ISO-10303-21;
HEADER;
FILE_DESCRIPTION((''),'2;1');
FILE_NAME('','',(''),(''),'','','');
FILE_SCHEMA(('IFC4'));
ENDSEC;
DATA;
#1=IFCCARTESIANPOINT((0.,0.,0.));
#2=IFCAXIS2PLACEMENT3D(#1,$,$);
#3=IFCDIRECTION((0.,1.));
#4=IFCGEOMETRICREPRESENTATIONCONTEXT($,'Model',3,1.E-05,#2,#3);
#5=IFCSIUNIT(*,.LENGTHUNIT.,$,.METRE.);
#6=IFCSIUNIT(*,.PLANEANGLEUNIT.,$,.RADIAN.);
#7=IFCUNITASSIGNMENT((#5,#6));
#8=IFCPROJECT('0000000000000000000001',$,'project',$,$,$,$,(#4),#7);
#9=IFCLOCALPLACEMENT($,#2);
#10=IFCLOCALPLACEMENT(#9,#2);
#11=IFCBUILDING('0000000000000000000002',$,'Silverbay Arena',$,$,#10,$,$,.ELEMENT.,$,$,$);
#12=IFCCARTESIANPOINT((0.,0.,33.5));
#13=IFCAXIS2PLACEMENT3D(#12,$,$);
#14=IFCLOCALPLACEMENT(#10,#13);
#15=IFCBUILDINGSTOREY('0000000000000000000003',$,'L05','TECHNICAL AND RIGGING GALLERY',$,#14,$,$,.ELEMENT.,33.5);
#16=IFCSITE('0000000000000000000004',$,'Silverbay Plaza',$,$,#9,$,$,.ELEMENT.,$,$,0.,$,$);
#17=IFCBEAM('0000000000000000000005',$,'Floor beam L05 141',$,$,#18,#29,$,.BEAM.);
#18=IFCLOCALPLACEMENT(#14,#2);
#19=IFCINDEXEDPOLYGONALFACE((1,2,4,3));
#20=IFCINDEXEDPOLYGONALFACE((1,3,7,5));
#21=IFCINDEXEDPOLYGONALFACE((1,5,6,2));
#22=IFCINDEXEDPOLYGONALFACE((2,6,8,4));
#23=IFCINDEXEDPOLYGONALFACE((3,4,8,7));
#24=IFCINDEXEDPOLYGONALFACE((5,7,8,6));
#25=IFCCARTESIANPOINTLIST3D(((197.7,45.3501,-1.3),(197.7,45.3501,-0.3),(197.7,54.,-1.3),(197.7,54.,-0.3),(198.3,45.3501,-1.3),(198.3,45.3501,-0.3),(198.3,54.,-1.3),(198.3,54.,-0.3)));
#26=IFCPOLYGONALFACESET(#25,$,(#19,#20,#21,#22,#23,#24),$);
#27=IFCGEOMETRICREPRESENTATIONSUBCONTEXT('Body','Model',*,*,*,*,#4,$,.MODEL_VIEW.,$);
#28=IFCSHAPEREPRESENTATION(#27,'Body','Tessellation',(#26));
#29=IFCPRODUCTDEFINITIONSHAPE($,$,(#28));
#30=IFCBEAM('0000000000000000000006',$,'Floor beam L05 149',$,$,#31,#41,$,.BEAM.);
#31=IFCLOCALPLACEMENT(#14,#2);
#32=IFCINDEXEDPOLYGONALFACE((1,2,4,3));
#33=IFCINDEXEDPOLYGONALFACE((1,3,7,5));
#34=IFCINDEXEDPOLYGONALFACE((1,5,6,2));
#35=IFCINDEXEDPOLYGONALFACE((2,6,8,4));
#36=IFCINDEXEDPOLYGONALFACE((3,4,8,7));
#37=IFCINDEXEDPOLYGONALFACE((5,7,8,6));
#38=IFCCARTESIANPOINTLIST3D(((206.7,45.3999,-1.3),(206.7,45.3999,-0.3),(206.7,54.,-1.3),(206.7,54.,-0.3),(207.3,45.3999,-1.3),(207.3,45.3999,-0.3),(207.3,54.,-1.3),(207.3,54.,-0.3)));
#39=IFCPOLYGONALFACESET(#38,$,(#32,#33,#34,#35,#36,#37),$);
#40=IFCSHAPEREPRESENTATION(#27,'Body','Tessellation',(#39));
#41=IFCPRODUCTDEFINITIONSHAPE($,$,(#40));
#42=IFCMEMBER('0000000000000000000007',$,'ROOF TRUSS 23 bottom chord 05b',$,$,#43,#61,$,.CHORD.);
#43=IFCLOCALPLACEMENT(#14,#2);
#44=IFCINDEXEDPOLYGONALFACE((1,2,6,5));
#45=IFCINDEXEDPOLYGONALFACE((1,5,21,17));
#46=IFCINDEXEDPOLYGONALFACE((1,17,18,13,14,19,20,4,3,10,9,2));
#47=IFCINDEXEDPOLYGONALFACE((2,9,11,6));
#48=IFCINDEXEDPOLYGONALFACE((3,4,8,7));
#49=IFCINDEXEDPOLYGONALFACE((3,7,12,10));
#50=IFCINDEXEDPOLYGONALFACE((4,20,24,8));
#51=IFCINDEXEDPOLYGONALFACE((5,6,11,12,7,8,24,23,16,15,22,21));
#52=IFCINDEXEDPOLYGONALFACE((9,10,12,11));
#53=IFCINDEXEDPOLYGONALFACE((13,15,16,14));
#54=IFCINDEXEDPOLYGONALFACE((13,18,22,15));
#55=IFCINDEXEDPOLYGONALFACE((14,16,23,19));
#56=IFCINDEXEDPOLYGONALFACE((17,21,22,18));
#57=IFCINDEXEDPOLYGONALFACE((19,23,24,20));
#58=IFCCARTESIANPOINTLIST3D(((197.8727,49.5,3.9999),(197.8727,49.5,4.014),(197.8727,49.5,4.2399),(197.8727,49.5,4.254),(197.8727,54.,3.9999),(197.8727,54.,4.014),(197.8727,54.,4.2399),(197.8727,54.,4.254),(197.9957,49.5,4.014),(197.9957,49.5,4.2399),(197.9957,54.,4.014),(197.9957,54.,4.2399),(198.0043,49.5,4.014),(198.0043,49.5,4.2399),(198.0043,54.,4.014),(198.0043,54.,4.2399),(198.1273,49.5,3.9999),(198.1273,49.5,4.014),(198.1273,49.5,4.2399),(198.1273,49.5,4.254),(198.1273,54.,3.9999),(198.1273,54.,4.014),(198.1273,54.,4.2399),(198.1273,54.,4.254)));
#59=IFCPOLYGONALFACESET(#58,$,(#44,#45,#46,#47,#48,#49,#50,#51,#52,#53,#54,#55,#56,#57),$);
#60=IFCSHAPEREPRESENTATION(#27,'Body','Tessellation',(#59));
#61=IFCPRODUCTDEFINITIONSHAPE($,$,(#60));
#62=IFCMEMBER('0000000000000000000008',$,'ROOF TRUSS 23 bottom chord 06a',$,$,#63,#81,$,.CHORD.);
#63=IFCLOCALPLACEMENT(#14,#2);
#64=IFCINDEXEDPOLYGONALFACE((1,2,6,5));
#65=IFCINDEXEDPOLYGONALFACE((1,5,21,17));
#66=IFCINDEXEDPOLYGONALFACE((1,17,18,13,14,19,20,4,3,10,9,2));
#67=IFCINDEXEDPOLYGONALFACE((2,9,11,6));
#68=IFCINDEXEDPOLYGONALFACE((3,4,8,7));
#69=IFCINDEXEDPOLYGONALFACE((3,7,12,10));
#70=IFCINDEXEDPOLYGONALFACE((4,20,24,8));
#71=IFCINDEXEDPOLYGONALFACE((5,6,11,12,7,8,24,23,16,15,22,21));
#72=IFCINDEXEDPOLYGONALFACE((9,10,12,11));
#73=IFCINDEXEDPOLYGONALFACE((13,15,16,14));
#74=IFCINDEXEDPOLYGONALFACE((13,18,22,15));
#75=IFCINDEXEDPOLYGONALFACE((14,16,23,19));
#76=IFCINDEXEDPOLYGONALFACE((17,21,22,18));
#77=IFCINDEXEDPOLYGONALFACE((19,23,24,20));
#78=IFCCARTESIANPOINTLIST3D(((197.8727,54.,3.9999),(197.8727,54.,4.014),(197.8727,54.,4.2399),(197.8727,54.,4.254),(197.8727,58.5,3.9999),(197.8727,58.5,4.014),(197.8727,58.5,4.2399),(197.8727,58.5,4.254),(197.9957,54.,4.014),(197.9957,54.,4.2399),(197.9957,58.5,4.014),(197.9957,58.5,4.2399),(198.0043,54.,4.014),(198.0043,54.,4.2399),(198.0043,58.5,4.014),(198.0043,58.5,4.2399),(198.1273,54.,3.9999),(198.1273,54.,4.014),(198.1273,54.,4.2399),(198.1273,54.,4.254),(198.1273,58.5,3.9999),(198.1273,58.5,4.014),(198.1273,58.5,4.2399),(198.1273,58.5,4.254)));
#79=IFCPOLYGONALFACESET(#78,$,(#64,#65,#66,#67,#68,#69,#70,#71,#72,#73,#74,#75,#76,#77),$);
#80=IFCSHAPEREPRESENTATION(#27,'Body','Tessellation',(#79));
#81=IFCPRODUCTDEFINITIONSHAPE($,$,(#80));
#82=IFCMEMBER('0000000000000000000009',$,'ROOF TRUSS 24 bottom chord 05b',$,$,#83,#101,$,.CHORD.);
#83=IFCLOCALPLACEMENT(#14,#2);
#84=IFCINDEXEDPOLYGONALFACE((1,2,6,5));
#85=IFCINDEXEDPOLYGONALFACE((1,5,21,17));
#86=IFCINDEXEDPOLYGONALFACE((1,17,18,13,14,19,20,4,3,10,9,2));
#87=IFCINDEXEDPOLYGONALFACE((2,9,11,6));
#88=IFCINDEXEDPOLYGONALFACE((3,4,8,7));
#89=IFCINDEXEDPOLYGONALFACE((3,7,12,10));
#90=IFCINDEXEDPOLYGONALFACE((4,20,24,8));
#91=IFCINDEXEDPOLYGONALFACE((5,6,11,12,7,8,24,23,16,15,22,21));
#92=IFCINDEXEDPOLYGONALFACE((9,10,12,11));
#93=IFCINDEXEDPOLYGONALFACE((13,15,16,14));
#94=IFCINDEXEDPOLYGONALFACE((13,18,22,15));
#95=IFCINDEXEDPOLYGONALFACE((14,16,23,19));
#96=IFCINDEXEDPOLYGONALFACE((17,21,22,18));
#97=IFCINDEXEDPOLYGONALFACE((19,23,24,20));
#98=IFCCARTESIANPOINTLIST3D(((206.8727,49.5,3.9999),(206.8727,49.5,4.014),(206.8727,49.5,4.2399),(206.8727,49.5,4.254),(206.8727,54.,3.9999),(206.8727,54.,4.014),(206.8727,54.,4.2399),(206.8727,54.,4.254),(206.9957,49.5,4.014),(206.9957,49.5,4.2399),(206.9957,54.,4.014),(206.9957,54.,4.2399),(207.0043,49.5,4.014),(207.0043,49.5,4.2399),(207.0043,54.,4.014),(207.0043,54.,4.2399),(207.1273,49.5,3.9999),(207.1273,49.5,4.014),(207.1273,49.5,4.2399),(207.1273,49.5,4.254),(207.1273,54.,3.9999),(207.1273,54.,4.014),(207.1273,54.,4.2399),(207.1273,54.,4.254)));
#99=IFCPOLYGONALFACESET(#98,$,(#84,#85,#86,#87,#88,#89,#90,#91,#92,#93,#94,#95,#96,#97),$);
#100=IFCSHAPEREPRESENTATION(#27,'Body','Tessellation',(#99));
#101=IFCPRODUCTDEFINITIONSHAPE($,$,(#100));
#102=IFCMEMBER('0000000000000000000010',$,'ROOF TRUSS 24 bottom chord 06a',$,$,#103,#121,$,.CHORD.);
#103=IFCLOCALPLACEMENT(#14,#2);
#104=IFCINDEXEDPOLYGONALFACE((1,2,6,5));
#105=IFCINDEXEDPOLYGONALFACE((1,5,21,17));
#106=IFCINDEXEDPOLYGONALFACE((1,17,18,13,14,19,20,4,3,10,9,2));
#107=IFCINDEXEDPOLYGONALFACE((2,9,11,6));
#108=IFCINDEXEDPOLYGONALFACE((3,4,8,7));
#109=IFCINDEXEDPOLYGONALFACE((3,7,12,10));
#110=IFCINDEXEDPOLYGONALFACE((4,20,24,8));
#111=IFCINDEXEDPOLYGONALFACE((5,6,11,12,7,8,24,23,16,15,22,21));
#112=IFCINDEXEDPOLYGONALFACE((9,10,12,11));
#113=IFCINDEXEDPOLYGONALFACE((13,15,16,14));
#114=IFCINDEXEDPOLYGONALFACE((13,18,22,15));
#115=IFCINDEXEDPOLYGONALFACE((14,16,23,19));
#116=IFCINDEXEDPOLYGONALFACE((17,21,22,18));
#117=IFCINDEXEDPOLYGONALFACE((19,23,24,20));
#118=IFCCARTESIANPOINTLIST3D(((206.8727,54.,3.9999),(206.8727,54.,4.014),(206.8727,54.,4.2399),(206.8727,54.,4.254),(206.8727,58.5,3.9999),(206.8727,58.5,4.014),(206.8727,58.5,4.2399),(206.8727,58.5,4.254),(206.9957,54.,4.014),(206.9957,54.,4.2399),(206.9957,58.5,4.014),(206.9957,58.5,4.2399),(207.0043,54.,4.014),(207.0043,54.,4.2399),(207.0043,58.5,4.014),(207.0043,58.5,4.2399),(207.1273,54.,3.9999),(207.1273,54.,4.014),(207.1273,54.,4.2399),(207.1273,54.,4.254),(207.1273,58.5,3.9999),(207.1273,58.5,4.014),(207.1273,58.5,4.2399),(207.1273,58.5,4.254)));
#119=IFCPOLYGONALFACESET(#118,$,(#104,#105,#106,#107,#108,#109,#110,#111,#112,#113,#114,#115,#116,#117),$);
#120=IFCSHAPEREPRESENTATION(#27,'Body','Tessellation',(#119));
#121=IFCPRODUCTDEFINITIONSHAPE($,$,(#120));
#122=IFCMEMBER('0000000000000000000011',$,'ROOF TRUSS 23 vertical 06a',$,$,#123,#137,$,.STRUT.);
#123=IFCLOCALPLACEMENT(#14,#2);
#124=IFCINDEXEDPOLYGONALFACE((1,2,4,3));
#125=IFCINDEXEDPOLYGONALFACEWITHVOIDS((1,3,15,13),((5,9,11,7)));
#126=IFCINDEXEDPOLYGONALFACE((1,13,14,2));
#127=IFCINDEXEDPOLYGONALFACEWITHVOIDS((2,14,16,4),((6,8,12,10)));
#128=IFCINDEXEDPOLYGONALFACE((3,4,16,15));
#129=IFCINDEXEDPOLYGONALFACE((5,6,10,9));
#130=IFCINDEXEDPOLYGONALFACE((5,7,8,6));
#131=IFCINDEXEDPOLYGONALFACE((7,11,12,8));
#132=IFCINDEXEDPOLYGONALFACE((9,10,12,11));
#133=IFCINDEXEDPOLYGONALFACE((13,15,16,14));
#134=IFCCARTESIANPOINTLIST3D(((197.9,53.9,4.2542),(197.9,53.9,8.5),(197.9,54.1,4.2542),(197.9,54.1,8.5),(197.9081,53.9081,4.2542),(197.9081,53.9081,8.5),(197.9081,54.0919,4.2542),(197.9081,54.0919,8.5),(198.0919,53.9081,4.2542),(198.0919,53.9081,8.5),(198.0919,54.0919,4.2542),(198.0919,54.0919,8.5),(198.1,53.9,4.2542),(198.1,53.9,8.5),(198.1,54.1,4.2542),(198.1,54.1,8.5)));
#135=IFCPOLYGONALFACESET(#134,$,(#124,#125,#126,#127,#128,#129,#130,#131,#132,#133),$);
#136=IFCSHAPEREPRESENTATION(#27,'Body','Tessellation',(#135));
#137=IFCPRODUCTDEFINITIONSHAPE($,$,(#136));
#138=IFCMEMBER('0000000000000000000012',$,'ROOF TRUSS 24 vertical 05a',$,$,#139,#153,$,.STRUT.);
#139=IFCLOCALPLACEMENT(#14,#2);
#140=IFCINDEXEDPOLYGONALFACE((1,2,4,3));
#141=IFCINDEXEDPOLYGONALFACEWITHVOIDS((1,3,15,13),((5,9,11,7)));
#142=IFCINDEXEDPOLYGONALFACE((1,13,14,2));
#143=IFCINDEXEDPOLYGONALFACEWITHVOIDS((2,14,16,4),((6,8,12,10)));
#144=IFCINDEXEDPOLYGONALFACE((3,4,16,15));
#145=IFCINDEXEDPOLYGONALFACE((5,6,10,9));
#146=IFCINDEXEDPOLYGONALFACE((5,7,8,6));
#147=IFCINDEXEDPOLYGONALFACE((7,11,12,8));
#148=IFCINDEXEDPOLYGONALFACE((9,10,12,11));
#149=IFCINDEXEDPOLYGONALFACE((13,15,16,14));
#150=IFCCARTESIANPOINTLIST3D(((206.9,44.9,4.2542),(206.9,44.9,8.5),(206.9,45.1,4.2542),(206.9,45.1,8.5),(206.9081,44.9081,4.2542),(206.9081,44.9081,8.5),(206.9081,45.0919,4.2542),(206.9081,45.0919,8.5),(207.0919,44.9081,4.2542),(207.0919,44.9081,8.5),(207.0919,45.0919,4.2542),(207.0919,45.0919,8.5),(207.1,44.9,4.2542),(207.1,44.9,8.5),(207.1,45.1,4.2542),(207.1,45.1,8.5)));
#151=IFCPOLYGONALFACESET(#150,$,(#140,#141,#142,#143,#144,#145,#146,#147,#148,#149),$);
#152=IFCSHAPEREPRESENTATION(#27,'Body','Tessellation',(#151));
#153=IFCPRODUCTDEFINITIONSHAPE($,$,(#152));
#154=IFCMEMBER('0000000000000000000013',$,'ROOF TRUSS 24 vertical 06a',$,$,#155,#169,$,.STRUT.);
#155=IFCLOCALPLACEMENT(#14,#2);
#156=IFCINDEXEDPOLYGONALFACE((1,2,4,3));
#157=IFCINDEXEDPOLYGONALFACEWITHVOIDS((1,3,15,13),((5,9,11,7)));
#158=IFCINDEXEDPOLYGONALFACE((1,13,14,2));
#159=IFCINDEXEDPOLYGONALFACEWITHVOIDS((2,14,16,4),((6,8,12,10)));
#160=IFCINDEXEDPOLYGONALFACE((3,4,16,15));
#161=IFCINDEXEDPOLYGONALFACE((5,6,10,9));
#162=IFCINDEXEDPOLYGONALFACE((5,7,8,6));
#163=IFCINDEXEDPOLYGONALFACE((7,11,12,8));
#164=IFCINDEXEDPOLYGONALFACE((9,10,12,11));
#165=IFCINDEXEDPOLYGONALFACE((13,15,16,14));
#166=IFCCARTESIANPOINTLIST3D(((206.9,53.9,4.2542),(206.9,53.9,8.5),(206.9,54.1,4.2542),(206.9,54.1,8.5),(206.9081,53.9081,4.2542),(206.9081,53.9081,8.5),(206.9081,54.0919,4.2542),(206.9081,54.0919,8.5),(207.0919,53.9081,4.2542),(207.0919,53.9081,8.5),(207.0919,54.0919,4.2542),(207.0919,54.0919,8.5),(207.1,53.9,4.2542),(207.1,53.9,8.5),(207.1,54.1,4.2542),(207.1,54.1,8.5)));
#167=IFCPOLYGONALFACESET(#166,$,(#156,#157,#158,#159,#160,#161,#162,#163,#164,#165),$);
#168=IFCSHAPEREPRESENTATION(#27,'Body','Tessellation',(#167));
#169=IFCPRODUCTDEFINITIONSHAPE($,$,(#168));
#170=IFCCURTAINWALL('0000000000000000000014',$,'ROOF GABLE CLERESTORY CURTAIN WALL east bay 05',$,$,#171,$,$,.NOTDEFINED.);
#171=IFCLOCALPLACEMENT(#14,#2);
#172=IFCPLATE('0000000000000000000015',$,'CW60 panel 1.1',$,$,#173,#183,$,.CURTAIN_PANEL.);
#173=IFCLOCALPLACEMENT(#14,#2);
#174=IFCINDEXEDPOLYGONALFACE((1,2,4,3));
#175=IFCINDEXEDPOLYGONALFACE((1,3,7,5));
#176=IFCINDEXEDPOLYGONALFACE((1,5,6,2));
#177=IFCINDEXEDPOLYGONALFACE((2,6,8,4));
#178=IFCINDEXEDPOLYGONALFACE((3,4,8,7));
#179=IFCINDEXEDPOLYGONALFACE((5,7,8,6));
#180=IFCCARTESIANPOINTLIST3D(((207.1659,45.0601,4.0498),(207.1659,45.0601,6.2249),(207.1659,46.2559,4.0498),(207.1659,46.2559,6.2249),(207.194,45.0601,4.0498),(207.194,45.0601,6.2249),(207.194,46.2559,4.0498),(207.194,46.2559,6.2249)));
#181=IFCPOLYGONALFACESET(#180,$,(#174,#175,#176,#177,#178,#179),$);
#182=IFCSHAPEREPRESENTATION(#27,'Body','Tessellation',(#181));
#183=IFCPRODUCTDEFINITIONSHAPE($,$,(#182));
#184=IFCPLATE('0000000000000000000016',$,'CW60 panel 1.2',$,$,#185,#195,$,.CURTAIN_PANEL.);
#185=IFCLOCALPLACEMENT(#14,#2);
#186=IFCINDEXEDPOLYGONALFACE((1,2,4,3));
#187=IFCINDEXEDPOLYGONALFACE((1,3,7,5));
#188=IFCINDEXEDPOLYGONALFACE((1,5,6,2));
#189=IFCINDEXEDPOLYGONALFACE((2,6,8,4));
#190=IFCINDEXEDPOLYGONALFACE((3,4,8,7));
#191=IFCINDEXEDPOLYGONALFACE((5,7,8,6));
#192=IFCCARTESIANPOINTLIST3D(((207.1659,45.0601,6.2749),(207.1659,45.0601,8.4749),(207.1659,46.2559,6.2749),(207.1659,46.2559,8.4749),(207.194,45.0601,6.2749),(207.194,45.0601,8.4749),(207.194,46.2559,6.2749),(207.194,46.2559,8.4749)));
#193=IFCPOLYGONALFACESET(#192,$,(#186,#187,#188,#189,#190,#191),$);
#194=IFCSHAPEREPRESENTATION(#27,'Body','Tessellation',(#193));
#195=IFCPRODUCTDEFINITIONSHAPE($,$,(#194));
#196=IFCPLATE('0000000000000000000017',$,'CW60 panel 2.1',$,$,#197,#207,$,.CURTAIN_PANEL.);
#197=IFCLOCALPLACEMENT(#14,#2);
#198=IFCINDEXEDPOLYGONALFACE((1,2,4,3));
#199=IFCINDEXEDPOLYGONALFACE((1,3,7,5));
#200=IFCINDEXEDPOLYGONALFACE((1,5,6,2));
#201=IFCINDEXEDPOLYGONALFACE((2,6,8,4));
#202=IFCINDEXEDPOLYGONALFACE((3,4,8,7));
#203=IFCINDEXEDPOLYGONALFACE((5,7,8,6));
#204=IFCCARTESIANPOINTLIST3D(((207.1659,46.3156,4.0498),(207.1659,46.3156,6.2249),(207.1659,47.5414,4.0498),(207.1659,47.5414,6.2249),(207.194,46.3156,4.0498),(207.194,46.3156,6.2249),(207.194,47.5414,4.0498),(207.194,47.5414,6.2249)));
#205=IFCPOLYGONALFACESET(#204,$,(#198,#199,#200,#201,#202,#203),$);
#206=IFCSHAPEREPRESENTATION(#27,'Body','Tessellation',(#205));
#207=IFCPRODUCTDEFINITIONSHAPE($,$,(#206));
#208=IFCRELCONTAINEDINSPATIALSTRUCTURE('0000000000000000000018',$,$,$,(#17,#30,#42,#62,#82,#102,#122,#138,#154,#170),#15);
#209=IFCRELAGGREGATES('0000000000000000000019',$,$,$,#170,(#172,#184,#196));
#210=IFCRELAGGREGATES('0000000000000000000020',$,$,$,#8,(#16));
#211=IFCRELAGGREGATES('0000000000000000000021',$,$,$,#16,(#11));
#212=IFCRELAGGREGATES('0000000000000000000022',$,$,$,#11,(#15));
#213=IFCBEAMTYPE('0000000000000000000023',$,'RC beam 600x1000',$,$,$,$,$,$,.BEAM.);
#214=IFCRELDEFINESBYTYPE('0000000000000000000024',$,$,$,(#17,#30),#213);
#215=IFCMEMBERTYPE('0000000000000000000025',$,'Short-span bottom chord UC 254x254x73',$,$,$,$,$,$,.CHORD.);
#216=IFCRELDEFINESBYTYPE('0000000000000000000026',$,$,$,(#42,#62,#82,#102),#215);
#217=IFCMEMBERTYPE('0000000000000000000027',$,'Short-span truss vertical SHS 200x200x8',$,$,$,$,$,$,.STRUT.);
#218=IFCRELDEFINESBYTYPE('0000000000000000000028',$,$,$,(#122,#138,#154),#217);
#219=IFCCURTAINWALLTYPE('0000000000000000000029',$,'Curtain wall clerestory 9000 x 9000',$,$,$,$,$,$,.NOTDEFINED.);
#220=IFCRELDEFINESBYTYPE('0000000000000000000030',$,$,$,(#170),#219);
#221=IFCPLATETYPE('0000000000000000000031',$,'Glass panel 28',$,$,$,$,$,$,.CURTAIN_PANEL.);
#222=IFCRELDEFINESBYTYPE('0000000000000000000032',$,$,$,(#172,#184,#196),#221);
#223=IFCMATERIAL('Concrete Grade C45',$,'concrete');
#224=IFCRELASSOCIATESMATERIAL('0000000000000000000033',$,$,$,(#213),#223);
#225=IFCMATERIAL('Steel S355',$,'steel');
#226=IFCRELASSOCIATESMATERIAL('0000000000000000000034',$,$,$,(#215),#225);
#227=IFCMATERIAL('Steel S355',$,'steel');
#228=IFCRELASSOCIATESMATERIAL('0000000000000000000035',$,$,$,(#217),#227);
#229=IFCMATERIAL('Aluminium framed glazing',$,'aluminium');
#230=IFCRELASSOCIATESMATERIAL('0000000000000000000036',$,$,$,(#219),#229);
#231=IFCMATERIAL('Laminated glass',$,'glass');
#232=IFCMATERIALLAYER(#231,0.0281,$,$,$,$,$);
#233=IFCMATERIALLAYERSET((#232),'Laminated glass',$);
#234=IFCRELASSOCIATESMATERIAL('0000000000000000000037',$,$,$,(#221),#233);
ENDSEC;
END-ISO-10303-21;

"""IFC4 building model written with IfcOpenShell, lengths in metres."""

from ifc_helpers import new_model, si_unit, direction, frame, origin, origin_2d, place, context, subcontext, project, spatial, rectangle, hollow_rectangle, i_section, extrude, material, layer, layer_set, material_profile, profile_set, type_object, element, aggregate, save


model = new_model("IFC4")

# Units and contexts
model_context = context("Model", 3, precision=1e-05, world=origin(), true_north=direction((0.0, 1.0)))
body_context = subcontext(model_context, "Body", "Model", "MODEL_VIEW")
ifc_project = project(units=[si_unit("LENGTHUNIT", "METRE"), si_unit("PLANEANGLEUNIT", "RADIAN")], contexts=[model_context])

# Site, building, storey
site_placement = place(None, origin())
site = spatial("IfcSite", under=ifc_project, at=site_placement, Name="Silverbay Plaza", CompositionType="ELEMENT", RefElevation=0.0)
building_placement = place(site_placement, origin())
building = spatial("IfcBuilding", under=site, at=building_placement, Name="Silverbay Arena", CompositionType="ELEMENT")
storey_placement = place(building_placement, frame((0.0, 0.0, 33.5)))
storey = spatial("IfcBuildingStorey", under=building, at=storey_placement, Name="L05", Description="TECHNICAL AND RIGGING GALLERY", CompositionType="ELEMENT", Elevation=33.5)

# Beams
ifc_material_1 = material(Name="Concrete Grade C45", Category="concrete")
ifc_material_profile_1 = material_profile(ifc_material_1, rectangle(XDim=0.6001, YDim=1.0, at=origin_2d()), Name="RC 600x1000")
ifc_profile_set_1 = profile_set([ifc_material_profile_1], Name="Concrete Grade C45")
beam_type = type_object("IfcBeamType", Name="RC beam 600x1000", PredefinedType="BEAM", material=ifc_profile_set_1)
beam_1_placement = place(storey_placement, frame((198.0, 45.3501, -0.8), z_axis=(0.0, 1.0, 0.0), x_axis=(-1.0, 0.0, 0.0)))
element("IfcBeam", 1, at=beam_1_placement, inside=storey, type_object=beam_type, Name="Floor beam L05 141", PredefinedType="BEAM", context=body_context, shape_type="SweptSolid", body=[
    extrude(rectangle(XDim=0.6001, YDim=1.0, at=origin_2d()), origin(), (0.0, 0.0, 1.0), 8.6499),
])
beam_2_placement = place(storey_placement, frame((207.0, 45.3999, -0.8), z_axis=(0.0, 1.0, 0.0), x_axis=(-1.0, 0.0, 0.0)))
element("IfcBeam", 2, at=beam_2_placement, inside=storey, type_object=beam_type, Name="Floor beam L05 149", PredefinedType="BEAM", context=body_context, shape_type="SweptSolid", body=[
    extrude(rectangle(XDim=0.6001, YDim=1.0, at=origin_2d()), origin(), (0.0, 0.0, 1.0), 8.6001),
])

# Members
ifc_material_2 = material(Name="Steel S355", Category="steel")
ifc_material_profile_2 = material_profile(ifc_material_2, i_section(OverallWidth=0.2546, OverallDepth=0.2542, WebThickness=0.0085, FlangeThickness=0.0142, at=origin_2d()), Name="UC 254x254x73")
ifc_profile_set_2 = profile_set([ifc_material_profile_2], Name="Steel S355")
member_type_1 = type_object("IfcMemberType", Name="Short-span bottom chord UC 254x254x73", PredefinedType="CHORD", material=ifc_profile_set_2)
for number, where, z_axis, x_axis, name in (
    (3, (198.0, 49.5, 4.127), (0.0, 1.0, 0.0), (-1.0, 0.0, 0.0), "ROOF TRUSS 23 bottom chord 05b"),
    (4, (198.0, 54.0, 4.127), (0.0, 1.0, 0.0), (-1.0, 0.0, 0.0), "ROOF TRUSS 23 bottom chord 06a"),
    (5, (207.0, 49.5, 4.127), (0.0, 1.0, 0.0), (-1.0, 0.0, 0.0), "ROOF TRUSS 24 bottom chord 05b"),
    (6, (207.0, 54.0, 4.127), (0.0, 1.0, 0.0), (-1.0, 0.0, 0.0), "ROOF TRUSS 24 bottom chord 06a"),
):
    element("IfcMember", number, at=place(storey_placement, frame(where, z_axis=z_axis, x_axis=x_axis)), inside=storey, type_object=member_type_1, Name=name, PredefinedType="CHORD", context=body_context, shape_type="SweptSolid", body=[
        extrude(i_section(OverallWidth=0.2546, OverallDepth=0.2542, WebThickness=0.0085, FlangeThickness=0.0142, at=origin_2d()), origin(), (0.0, 0.0, 1.0), 4.5),
    ])
ifc_material_3 = material(Name="Steel S355", Category="steel")
ifc_material_profile_3 = material_profile(ifc_material_3, hollow_rectangle(XDim=0.2, YDim=0.2, WallThickness=0.0081, at=origin_2d()), Name="SHS 200x200x8")
ifc_profile_set_3 = profile_set([ifc_material_profile_3], Name="Steel S355")
member_type_2 = type_object("IfcMemberType", Name="Short-span truss vertical SHS 200x200x8", PredefinedType="STRUT", material=ifc_profile_set_3)
for number, where, z_axis, x_axis, name in (
    (7, (198.0, 54.0, 4.2542), (0.0, 0.0, 1.0), (1.0, 0.0, 0.0), "ROOF TRUSS 23 vertical 06a"),
    (8, (207.0, 45.0, 4.2542), (0.0, 0.0, 1.0), (1.0, 0.0, 0.0), "ROOF TRUSS 24 vertical 05a"),
    (9, (207.0, 54.0, 4.2542), (0.0, 0.0, 1.0), (1.0, 0.0, 0.0), "ROOF TRUSS 24 vertical 06a"),
):
    element("IfcMember", number, at=place(storey_placement, frame(where, z_axis=z_axis, x_axis=x_axis)), inside=storey, type_object=member_type_2, Name=name, PredefinedType="STRUT", context=body_context, shape_type="SweptSolid", body=[
        extrude(hollow_rectangle(XDim=0.2, YDim=0.2, WallThickness=0.0081, at=origin_2d()), origin(), (0.0, 0.0, 1.0), 4.2458),
    ])

# Curtain wall, plates
ifc_material_4 = material(Name="Aluminium framed glazing", Category="aluminium")
curtain_wall_type = type_object("IfcCurtainWallType", Name="Curtain wall clerestory 9000 x 9000", PredefinedType="NOTDEFINED", material=ifc_material_4)
curtain_wall_placement = place(storey_placement, origin())
curtain_wall = element("IfcCurtainWall", 10, at=curtain_wall_placement, inside=storey, type_object=curtain_wall_type, Name="ROOF GABLE CLERESTORY CURTAIN WALL east bay 05", PredefinedType="NOTDEFINED")
ifc_material_5 = material(Name="Laminated glass", Category="glass")
ifc_layer_1 = layer(ifc_material_5, 0.0281)
ifc_layer_set_1 = layer_set([ifc_layer_1], Name="Laminated glass")
plate_type = type_object("IfcPlateType", Name="Glass panel 28", PredefinedType="CURTAIN_PANEL", material=ifc_layer_set_1)
plate_1_placement = place(storey_placement, frame((207.1799, 45.658, 4.0498), z_axis=(0.0, 0.0, 1.0), x_axis=(0.0, 1.0, 0.0)))
plate_1 = element("IfcPlate", 11, at=plate_1_placement, type_object=plate_type, Name="CW60 panel 1.1", PredefinedType="CURTAIN_PANEL", context=body_context, shape_type="SweptSolid", body=[
    extrude(rectangle(XDim=1.1958, YDim=0.0281, at=origin_2d()), origin(), (0.0, 0.0, 1.0), 2.175),
])
plate_2_placement = place(storey_placement, frame((207.1799, 45.658, 6.2749), z_axis=(0.0, 0.0, 1.0), x_axis=(0.0, 1.0, 0.0)))
plate_2 = element("IfcPlate", 12, at=plate_2_placement, type_object=plate_type, Name="CW60 panel 1.2", PredefinedType="CURTAIN_PANEL", context=body_context, shape_type="SweptSolid", body=[
    extrude(rectangle(XDim=1.1958, YDim=0.0281, at=origin_2d()), origin(), (0.0, 0.0, 1.0), 2.2),
])
plate_3_placement = place(storey_placement, frame((207.1799, 46.9285, 4.0498), z_axis=(0.0, 0.0, 1.0), x_axis=(0.0, 1.0, 0.0)))
plate_3 = element("IfcPlate", 13, at=plate_3_placement, type_object=plate_type, Name="CW60 panel 2.1", PredefinedType="CURTAIN_PANEL", context=body_context, shape_type="SweptSolid", body=[
    extrude(rectangle(XDim=1.2258, YDim=0.0281, at=origin_2d()), origin(), (0.0, 0.0, 1.0), 2.175),
])
aggregate(curtain_wall, [plate_1, plate_2, plate_3])

save(model, "model.ifc")
